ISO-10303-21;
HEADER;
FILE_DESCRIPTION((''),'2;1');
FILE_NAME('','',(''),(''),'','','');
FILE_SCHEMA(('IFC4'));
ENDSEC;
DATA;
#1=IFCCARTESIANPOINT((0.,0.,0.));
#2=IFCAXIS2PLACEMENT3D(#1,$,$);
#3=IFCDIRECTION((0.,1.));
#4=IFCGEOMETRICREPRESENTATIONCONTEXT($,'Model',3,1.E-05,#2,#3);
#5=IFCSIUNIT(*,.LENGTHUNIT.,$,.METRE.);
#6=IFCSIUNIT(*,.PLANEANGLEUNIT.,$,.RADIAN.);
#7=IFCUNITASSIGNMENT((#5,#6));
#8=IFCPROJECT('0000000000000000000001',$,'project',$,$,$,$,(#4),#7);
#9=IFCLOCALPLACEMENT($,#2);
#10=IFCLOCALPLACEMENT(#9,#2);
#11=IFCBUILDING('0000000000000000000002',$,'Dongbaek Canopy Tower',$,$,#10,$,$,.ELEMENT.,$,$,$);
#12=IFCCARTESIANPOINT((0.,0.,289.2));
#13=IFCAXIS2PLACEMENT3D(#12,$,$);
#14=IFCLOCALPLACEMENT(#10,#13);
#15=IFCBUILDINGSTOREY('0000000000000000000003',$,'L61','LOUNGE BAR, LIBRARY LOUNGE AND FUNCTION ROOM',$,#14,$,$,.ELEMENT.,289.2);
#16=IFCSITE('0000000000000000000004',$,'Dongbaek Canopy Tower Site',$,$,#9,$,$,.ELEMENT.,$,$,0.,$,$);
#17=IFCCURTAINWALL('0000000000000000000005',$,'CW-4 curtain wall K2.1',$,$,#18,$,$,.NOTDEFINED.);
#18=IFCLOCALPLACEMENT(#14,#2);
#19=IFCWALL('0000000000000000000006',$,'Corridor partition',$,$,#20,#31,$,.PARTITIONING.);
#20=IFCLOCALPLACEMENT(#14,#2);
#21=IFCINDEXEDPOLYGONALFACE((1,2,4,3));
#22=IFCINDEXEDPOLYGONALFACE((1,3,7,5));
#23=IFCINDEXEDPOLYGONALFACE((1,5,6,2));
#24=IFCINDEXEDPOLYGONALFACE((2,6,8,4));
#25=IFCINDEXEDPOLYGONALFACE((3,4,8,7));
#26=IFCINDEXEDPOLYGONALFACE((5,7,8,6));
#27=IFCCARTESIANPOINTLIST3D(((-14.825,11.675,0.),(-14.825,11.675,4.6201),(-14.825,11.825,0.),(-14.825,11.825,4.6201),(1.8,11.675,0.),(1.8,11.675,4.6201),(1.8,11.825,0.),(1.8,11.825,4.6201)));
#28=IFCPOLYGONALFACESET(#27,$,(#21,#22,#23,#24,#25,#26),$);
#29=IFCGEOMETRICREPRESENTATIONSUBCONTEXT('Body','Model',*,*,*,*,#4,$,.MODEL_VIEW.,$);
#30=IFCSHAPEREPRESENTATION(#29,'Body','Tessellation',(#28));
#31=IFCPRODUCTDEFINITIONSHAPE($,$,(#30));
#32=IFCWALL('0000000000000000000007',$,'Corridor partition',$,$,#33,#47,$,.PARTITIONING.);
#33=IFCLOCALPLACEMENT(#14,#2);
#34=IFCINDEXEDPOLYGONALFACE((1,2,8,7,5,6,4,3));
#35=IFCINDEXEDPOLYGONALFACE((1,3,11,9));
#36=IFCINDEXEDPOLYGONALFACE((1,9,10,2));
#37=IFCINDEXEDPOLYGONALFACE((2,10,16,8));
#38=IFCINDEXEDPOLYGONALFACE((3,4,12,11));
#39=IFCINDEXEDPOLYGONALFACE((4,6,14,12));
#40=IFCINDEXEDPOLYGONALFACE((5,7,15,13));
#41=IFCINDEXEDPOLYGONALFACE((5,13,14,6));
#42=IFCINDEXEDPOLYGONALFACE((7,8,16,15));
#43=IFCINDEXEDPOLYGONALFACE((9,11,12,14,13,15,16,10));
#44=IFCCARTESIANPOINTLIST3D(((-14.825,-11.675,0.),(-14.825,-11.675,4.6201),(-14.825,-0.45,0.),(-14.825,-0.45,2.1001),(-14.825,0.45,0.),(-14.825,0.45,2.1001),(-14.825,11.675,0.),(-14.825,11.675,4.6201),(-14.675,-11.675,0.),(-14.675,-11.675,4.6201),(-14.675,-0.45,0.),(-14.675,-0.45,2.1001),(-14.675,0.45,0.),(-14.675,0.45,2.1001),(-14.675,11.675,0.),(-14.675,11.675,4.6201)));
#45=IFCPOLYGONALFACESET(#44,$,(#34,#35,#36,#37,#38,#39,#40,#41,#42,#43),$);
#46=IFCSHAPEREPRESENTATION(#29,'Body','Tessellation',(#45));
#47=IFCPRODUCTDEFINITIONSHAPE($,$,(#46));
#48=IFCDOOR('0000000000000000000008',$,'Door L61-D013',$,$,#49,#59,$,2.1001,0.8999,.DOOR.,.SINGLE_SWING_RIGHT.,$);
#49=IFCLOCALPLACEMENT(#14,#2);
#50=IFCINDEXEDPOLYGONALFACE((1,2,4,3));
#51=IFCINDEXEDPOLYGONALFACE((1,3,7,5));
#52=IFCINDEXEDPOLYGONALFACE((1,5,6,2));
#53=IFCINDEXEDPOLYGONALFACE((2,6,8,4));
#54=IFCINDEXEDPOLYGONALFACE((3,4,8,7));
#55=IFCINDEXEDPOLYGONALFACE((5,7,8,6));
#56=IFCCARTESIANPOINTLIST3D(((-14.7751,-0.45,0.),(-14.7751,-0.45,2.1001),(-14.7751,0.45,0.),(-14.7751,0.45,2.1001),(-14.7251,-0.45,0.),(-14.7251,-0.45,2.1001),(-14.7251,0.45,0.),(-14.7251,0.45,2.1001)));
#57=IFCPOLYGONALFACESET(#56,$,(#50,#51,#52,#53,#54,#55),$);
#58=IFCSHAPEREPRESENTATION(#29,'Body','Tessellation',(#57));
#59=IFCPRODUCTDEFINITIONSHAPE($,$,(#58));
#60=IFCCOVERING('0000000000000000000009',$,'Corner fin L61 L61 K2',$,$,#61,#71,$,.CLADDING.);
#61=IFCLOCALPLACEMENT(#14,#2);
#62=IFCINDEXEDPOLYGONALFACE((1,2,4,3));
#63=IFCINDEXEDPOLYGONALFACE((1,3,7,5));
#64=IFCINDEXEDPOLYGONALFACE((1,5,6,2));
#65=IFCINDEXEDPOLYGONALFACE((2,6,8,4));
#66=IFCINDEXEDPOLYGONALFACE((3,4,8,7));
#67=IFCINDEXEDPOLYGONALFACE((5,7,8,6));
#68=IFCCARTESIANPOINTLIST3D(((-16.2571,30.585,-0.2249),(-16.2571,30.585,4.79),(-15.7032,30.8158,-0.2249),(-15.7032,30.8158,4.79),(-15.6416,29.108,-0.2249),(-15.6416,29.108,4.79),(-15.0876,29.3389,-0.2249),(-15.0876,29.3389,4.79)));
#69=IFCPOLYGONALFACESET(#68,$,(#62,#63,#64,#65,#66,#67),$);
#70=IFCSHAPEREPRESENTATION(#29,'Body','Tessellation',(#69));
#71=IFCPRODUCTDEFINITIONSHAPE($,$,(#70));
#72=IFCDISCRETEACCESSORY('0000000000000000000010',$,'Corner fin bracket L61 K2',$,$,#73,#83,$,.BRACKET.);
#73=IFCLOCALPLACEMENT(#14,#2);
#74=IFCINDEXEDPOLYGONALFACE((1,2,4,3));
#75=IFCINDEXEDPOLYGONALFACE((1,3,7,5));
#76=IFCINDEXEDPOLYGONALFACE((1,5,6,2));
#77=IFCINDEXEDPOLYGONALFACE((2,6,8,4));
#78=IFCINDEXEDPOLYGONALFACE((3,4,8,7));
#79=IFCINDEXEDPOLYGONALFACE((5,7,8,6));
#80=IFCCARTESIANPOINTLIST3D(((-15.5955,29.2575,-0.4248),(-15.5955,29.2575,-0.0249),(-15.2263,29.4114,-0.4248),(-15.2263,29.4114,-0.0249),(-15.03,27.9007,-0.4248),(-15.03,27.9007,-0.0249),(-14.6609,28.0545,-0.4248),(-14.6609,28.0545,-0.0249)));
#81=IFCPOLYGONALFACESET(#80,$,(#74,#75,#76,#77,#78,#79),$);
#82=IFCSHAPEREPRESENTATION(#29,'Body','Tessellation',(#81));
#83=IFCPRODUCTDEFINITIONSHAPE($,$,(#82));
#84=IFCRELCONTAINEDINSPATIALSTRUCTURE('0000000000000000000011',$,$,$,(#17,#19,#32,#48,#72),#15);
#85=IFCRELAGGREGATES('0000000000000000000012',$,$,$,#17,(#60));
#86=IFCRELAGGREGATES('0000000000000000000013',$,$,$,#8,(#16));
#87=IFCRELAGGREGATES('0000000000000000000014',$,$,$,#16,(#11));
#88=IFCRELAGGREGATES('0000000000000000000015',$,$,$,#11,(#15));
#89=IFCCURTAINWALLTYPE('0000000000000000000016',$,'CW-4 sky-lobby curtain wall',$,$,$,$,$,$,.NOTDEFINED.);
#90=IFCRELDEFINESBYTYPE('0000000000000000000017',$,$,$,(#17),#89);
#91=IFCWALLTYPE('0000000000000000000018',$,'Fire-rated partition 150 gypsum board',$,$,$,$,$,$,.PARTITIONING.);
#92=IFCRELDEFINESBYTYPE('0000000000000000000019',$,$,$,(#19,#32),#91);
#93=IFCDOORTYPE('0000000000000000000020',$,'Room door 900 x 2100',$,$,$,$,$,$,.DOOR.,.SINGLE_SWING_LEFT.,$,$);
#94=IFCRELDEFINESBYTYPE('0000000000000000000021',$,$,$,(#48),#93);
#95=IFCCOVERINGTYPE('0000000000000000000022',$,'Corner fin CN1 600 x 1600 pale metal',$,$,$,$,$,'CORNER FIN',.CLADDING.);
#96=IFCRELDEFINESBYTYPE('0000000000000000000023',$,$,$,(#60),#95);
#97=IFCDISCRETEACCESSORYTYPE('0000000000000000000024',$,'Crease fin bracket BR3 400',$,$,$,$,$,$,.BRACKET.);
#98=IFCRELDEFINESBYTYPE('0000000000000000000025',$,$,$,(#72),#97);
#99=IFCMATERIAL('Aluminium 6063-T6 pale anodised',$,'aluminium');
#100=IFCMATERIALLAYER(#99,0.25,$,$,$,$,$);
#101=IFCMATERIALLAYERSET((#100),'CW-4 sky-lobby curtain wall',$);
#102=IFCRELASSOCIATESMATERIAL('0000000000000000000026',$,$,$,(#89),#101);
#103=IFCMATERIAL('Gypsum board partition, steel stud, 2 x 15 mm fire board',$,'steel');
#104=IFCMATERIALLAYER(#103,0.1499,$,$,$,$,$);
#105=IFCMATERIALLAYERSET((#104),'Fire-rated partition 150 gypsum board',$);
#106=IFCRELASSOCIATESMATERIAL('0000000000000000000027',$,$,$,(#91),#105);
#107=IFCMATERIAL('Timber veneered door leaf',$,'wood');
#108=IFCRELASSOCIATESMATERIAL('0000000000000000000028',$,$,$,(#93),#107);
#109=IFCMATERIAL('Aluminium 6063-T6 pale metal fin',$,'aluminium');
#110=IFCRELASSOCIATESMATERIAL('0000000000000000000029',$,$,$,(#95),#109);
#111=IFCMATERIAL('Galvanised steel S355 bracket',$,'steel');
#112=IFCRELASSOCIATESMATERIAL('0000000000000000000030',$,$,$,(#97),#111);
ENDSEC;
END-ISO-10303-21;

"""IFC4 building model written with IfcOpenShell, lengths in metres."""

from ifc_helpers import new_model, si_unit, direction, frame, frame_2d, origin, origin_2d, place, context, subcontext, project, spatial, rectangle, extrude, material, layer, layer_set, material_profile, profile_set, type_object, element, fill, aggregate, save


model = new_model("IFC4")

# Units and contexts
model_context = context("Model", 3, precision=1e-05, world=origin(), true_north=direction((0.0, 1.0)))
body_context = subcontext(model_context, "Body", "Model", "MODEL_VIEW")
ifc_project = project(units=[si_unit("LENGTHUNIT", "METRE"), si_unit("PLANEANGLEUNIT", "RADIAN")], contexts=[model_context])

# Site, building, storey
site_placement = place(None, origin())
site = spatial("IfcSite", under=ifc_project, at=site_placement, Name="Dongbaek Canopy Tower Site", CompositionType="ELEMENT", RefElevation=0.0)
building_placement = place(site_placement, origin())
building = spatial("IfcBuilding", under=site, at=building_placement, Name="Dongbaek Canopy Tower", CompositionType="ELEMENT")
storey_placement = place(building_placement, frame((0.0, 0.0, 289.2)))
storey = spatial("IfcBuildingStorey", under=building, at=storey_placement, Name="L61", Description="LOUNGE BAR, LIBRARY LOUNGE AND FUNCTION ROOM", CompositionType="ELEMENT", Elevation=289.2)

# Shared definitions
ifc_material_1 = material(Name="Aluminium 6063-T6 pale anodised", Category="aluminium")
ifc_layer_1 = layer(ifc_material_1, 0.25)
ifc_layer_set_1 = layer_set([ifc_layer_1], Name="CW-4 sky-lobby curtain wall")
curtain_wall_type = type_object("IfcCurtainWallType", Name="CW-4 sky-lobby curtain wall", PredefinedType="NOTDEFINED", material=ifc_layer_set_1)

# Curtain wall
curtain_wall_1_placement = place(storey_placement, origin())
curtain_wall_1 = element("IfcCurtainWall", 1, at=curtain_wall_1_placement, inside=storey, type_object=curtain_wall_type, Name="CW-4 curtain wall K2.1", PredefinedType="NOTDEFINED")

# Wall
ifc_material_2 = material(Name="Gypsum board partition, steel stud, 2 x 15 mm fire board", Category="steel")
ifc_layer_2 = layer(ifc_material_2, 0.1499)
ifc_layer_set_2 = layer_set([ifc_layer_2], Name="Fire-rated partition 150 gypsum board")
wall_type = type_object("IfcWallType", Name="Fire-rated partition 150 gypsum board", PredefinedType="PARTITIONING", material=ifc_layer_set_2)
wall_1_placement = place(storey_placement, frame((-14.825, 11.75, 0.0), z_axis=(0.0, 0.0, 1.0), x_axis=(1.0, 0.0, 0.0)))
element("IfcWall", 2, at=wall_1_placement, inside=storey, type_object=wall_type, Name="Corridor partition", PredefinedType="PARTITIONING", context=body_context, shape_type="SweptSolid", body=[
    extrude(rectangle(XDim=16.625, YDim=0.1499, at=frame_2d((8.3125, 0.0))), origin(), (0.0, 0.0, 1.0), 4.6201),
])

# Wall, opening, door
wall_2_placement = place(storey_placement, frame((-14.75, 11.675, 0.0), z_axis=(0.0, 0.0, 1.0), x_axis=(0.0, -1.0, 0.0)))
wall_2 = element("IfcWall", 3, at=wall_2_placement, inside=storey, type_object=wall_type, Name="Corridor partition", PredefinedType="PARTITIONING", context=body_context, shape_type="SweptSolid", body=[
    extrude(rectangle(XDim=23.3501, YDim=0.1499, at=frame_2d((11.675, 0.0))), origin(), (0.0, 0.0, 1.0), 4.6201),
])
opening_placement = place(wall_2_placement, frame((11.2251, 0.0, 0.0)))
opening = element("IfcOpeningElement", 4, at=opening_placement, cuts=wall_2, PredefinedType="OPENING", context=body_context, shape_type="SweptSolid", body=[
    extrude(rectangle(XDim=0.8999, YDim=2.1001, at=frame_2d((0.45, 1.05))), frame((0.0, 0.085, 0.0), z_axis=(0.0, -1.0, 0.0), x_axis=(1.0, 0.0, 0.0)), (0.0, 0.0, 1.0), 0.1699),
])
ifc_material_3 = material(Name="Timber veneered door leaf", Category="wood")
door_type = type_object("IfcDoorType", Name="Room door 900 x 2100", OperationType="SINGLE_SWING_LEFT", PredefinedType="DOOR", material=ifc_material_3)
door_placement = place(opening_placement, origin())
door = element("IfcDoor", 5, at=door_placement, inside=storey, type_object=door_type, Name="Door L61-D013", OperationType="SINGLE_SWING_RIGHT", OverallHeight=2.1001, OverallWidth=0.8999, PredefinedType="DOOR", context=body_context, shape_type="SweptSolid", body=[
    extrude(rectangle(XDim=0.8999, YDim=2.1001, at=frame_2d((0.45, 1.05))), frame((0.0, 0.0249, 0.0), z_axis=(0.0, -1.0, 0.0), x_axis=(1.0, 0.0, 0.0)), (0.0, 0.0, 1.0), 0.05),
])
fill(opening, door)

# Covering
ifc_material_4 = material(Name="Aluminium 6063-T6 pale metal fin", Category="aluminium")
ifc_material_profile_1 = material_profile(ifc_material_4, rectangle(XDim=1.6001, YDim=0.6001, at=origin_2d()), Name="Corner fin CN1 600 x 1600 pale metal")
ifc_profile_set_1 = profile_set([ifc_material_profile_1], Name="Aluminium 6063-T6 pale metal fin")
covering_type = type_object("IfcCoveringType", Name="Corner fin CN1 600 x 1600 pale metal", ElementType="CORNER FIN", PredefinedType="CLADDING", material=ifc_profile_set_1)
covering_placement = place(storey_placement, frame((-15.6724, 29.9619, -0.2249), z_axis=(0.0, 0.0, 1.0), x_axis=(-0.384679, 0.923051, 0.0)))
covering = element("IfcCovering", 6, at=covering_placement, type_object=covering_type, Name="Corner fin L61 L61 K2", PredefinedType="CLADDING", context=body_context, shape_type="SweptSolid", body=[
    extrude(rectangle(XDim=1.6001, YDim=0.6001, at=origin_2d()), origin(), (0.0, 0.0, 1.0), 5.0149),
])
aggregate(curtain_wall_1, [covering])

# Discrete accessory
ifc_material_5 = material(Name="Galvanised steel S355 bracket", Category="steel")
discrete_accessory_type = type_object("IfcDiscreteAccessoryType", Name="Crease fin bracket BR3 400", PredefinedType="BRACKET", material=ifc_material_5)
discrete_accessory_placement = place(storey_placement, frame((-15.1282, 28.656, -0.4248), z_axis=(0.0, 0.0, 1.0), x_axis=(-0.384679, 0.923051, 0.0)))
element("IfcDiscreteAccessory", 7, at=discrete_accessory_placement, inside=storey, type_object=discrete_accessory_type, Name="Corner fin bracket L61 K2", PredefinedType="BRACKET", context=body_context, shape_type="SweptSolid", body=[
    extrude(rectangle(XDim=1.47, YDim=0.3999, at=origin_2d()), origin(), (0.0, 0.0, 1.0), 0.3999),
])

save(model, "model.ifc")
